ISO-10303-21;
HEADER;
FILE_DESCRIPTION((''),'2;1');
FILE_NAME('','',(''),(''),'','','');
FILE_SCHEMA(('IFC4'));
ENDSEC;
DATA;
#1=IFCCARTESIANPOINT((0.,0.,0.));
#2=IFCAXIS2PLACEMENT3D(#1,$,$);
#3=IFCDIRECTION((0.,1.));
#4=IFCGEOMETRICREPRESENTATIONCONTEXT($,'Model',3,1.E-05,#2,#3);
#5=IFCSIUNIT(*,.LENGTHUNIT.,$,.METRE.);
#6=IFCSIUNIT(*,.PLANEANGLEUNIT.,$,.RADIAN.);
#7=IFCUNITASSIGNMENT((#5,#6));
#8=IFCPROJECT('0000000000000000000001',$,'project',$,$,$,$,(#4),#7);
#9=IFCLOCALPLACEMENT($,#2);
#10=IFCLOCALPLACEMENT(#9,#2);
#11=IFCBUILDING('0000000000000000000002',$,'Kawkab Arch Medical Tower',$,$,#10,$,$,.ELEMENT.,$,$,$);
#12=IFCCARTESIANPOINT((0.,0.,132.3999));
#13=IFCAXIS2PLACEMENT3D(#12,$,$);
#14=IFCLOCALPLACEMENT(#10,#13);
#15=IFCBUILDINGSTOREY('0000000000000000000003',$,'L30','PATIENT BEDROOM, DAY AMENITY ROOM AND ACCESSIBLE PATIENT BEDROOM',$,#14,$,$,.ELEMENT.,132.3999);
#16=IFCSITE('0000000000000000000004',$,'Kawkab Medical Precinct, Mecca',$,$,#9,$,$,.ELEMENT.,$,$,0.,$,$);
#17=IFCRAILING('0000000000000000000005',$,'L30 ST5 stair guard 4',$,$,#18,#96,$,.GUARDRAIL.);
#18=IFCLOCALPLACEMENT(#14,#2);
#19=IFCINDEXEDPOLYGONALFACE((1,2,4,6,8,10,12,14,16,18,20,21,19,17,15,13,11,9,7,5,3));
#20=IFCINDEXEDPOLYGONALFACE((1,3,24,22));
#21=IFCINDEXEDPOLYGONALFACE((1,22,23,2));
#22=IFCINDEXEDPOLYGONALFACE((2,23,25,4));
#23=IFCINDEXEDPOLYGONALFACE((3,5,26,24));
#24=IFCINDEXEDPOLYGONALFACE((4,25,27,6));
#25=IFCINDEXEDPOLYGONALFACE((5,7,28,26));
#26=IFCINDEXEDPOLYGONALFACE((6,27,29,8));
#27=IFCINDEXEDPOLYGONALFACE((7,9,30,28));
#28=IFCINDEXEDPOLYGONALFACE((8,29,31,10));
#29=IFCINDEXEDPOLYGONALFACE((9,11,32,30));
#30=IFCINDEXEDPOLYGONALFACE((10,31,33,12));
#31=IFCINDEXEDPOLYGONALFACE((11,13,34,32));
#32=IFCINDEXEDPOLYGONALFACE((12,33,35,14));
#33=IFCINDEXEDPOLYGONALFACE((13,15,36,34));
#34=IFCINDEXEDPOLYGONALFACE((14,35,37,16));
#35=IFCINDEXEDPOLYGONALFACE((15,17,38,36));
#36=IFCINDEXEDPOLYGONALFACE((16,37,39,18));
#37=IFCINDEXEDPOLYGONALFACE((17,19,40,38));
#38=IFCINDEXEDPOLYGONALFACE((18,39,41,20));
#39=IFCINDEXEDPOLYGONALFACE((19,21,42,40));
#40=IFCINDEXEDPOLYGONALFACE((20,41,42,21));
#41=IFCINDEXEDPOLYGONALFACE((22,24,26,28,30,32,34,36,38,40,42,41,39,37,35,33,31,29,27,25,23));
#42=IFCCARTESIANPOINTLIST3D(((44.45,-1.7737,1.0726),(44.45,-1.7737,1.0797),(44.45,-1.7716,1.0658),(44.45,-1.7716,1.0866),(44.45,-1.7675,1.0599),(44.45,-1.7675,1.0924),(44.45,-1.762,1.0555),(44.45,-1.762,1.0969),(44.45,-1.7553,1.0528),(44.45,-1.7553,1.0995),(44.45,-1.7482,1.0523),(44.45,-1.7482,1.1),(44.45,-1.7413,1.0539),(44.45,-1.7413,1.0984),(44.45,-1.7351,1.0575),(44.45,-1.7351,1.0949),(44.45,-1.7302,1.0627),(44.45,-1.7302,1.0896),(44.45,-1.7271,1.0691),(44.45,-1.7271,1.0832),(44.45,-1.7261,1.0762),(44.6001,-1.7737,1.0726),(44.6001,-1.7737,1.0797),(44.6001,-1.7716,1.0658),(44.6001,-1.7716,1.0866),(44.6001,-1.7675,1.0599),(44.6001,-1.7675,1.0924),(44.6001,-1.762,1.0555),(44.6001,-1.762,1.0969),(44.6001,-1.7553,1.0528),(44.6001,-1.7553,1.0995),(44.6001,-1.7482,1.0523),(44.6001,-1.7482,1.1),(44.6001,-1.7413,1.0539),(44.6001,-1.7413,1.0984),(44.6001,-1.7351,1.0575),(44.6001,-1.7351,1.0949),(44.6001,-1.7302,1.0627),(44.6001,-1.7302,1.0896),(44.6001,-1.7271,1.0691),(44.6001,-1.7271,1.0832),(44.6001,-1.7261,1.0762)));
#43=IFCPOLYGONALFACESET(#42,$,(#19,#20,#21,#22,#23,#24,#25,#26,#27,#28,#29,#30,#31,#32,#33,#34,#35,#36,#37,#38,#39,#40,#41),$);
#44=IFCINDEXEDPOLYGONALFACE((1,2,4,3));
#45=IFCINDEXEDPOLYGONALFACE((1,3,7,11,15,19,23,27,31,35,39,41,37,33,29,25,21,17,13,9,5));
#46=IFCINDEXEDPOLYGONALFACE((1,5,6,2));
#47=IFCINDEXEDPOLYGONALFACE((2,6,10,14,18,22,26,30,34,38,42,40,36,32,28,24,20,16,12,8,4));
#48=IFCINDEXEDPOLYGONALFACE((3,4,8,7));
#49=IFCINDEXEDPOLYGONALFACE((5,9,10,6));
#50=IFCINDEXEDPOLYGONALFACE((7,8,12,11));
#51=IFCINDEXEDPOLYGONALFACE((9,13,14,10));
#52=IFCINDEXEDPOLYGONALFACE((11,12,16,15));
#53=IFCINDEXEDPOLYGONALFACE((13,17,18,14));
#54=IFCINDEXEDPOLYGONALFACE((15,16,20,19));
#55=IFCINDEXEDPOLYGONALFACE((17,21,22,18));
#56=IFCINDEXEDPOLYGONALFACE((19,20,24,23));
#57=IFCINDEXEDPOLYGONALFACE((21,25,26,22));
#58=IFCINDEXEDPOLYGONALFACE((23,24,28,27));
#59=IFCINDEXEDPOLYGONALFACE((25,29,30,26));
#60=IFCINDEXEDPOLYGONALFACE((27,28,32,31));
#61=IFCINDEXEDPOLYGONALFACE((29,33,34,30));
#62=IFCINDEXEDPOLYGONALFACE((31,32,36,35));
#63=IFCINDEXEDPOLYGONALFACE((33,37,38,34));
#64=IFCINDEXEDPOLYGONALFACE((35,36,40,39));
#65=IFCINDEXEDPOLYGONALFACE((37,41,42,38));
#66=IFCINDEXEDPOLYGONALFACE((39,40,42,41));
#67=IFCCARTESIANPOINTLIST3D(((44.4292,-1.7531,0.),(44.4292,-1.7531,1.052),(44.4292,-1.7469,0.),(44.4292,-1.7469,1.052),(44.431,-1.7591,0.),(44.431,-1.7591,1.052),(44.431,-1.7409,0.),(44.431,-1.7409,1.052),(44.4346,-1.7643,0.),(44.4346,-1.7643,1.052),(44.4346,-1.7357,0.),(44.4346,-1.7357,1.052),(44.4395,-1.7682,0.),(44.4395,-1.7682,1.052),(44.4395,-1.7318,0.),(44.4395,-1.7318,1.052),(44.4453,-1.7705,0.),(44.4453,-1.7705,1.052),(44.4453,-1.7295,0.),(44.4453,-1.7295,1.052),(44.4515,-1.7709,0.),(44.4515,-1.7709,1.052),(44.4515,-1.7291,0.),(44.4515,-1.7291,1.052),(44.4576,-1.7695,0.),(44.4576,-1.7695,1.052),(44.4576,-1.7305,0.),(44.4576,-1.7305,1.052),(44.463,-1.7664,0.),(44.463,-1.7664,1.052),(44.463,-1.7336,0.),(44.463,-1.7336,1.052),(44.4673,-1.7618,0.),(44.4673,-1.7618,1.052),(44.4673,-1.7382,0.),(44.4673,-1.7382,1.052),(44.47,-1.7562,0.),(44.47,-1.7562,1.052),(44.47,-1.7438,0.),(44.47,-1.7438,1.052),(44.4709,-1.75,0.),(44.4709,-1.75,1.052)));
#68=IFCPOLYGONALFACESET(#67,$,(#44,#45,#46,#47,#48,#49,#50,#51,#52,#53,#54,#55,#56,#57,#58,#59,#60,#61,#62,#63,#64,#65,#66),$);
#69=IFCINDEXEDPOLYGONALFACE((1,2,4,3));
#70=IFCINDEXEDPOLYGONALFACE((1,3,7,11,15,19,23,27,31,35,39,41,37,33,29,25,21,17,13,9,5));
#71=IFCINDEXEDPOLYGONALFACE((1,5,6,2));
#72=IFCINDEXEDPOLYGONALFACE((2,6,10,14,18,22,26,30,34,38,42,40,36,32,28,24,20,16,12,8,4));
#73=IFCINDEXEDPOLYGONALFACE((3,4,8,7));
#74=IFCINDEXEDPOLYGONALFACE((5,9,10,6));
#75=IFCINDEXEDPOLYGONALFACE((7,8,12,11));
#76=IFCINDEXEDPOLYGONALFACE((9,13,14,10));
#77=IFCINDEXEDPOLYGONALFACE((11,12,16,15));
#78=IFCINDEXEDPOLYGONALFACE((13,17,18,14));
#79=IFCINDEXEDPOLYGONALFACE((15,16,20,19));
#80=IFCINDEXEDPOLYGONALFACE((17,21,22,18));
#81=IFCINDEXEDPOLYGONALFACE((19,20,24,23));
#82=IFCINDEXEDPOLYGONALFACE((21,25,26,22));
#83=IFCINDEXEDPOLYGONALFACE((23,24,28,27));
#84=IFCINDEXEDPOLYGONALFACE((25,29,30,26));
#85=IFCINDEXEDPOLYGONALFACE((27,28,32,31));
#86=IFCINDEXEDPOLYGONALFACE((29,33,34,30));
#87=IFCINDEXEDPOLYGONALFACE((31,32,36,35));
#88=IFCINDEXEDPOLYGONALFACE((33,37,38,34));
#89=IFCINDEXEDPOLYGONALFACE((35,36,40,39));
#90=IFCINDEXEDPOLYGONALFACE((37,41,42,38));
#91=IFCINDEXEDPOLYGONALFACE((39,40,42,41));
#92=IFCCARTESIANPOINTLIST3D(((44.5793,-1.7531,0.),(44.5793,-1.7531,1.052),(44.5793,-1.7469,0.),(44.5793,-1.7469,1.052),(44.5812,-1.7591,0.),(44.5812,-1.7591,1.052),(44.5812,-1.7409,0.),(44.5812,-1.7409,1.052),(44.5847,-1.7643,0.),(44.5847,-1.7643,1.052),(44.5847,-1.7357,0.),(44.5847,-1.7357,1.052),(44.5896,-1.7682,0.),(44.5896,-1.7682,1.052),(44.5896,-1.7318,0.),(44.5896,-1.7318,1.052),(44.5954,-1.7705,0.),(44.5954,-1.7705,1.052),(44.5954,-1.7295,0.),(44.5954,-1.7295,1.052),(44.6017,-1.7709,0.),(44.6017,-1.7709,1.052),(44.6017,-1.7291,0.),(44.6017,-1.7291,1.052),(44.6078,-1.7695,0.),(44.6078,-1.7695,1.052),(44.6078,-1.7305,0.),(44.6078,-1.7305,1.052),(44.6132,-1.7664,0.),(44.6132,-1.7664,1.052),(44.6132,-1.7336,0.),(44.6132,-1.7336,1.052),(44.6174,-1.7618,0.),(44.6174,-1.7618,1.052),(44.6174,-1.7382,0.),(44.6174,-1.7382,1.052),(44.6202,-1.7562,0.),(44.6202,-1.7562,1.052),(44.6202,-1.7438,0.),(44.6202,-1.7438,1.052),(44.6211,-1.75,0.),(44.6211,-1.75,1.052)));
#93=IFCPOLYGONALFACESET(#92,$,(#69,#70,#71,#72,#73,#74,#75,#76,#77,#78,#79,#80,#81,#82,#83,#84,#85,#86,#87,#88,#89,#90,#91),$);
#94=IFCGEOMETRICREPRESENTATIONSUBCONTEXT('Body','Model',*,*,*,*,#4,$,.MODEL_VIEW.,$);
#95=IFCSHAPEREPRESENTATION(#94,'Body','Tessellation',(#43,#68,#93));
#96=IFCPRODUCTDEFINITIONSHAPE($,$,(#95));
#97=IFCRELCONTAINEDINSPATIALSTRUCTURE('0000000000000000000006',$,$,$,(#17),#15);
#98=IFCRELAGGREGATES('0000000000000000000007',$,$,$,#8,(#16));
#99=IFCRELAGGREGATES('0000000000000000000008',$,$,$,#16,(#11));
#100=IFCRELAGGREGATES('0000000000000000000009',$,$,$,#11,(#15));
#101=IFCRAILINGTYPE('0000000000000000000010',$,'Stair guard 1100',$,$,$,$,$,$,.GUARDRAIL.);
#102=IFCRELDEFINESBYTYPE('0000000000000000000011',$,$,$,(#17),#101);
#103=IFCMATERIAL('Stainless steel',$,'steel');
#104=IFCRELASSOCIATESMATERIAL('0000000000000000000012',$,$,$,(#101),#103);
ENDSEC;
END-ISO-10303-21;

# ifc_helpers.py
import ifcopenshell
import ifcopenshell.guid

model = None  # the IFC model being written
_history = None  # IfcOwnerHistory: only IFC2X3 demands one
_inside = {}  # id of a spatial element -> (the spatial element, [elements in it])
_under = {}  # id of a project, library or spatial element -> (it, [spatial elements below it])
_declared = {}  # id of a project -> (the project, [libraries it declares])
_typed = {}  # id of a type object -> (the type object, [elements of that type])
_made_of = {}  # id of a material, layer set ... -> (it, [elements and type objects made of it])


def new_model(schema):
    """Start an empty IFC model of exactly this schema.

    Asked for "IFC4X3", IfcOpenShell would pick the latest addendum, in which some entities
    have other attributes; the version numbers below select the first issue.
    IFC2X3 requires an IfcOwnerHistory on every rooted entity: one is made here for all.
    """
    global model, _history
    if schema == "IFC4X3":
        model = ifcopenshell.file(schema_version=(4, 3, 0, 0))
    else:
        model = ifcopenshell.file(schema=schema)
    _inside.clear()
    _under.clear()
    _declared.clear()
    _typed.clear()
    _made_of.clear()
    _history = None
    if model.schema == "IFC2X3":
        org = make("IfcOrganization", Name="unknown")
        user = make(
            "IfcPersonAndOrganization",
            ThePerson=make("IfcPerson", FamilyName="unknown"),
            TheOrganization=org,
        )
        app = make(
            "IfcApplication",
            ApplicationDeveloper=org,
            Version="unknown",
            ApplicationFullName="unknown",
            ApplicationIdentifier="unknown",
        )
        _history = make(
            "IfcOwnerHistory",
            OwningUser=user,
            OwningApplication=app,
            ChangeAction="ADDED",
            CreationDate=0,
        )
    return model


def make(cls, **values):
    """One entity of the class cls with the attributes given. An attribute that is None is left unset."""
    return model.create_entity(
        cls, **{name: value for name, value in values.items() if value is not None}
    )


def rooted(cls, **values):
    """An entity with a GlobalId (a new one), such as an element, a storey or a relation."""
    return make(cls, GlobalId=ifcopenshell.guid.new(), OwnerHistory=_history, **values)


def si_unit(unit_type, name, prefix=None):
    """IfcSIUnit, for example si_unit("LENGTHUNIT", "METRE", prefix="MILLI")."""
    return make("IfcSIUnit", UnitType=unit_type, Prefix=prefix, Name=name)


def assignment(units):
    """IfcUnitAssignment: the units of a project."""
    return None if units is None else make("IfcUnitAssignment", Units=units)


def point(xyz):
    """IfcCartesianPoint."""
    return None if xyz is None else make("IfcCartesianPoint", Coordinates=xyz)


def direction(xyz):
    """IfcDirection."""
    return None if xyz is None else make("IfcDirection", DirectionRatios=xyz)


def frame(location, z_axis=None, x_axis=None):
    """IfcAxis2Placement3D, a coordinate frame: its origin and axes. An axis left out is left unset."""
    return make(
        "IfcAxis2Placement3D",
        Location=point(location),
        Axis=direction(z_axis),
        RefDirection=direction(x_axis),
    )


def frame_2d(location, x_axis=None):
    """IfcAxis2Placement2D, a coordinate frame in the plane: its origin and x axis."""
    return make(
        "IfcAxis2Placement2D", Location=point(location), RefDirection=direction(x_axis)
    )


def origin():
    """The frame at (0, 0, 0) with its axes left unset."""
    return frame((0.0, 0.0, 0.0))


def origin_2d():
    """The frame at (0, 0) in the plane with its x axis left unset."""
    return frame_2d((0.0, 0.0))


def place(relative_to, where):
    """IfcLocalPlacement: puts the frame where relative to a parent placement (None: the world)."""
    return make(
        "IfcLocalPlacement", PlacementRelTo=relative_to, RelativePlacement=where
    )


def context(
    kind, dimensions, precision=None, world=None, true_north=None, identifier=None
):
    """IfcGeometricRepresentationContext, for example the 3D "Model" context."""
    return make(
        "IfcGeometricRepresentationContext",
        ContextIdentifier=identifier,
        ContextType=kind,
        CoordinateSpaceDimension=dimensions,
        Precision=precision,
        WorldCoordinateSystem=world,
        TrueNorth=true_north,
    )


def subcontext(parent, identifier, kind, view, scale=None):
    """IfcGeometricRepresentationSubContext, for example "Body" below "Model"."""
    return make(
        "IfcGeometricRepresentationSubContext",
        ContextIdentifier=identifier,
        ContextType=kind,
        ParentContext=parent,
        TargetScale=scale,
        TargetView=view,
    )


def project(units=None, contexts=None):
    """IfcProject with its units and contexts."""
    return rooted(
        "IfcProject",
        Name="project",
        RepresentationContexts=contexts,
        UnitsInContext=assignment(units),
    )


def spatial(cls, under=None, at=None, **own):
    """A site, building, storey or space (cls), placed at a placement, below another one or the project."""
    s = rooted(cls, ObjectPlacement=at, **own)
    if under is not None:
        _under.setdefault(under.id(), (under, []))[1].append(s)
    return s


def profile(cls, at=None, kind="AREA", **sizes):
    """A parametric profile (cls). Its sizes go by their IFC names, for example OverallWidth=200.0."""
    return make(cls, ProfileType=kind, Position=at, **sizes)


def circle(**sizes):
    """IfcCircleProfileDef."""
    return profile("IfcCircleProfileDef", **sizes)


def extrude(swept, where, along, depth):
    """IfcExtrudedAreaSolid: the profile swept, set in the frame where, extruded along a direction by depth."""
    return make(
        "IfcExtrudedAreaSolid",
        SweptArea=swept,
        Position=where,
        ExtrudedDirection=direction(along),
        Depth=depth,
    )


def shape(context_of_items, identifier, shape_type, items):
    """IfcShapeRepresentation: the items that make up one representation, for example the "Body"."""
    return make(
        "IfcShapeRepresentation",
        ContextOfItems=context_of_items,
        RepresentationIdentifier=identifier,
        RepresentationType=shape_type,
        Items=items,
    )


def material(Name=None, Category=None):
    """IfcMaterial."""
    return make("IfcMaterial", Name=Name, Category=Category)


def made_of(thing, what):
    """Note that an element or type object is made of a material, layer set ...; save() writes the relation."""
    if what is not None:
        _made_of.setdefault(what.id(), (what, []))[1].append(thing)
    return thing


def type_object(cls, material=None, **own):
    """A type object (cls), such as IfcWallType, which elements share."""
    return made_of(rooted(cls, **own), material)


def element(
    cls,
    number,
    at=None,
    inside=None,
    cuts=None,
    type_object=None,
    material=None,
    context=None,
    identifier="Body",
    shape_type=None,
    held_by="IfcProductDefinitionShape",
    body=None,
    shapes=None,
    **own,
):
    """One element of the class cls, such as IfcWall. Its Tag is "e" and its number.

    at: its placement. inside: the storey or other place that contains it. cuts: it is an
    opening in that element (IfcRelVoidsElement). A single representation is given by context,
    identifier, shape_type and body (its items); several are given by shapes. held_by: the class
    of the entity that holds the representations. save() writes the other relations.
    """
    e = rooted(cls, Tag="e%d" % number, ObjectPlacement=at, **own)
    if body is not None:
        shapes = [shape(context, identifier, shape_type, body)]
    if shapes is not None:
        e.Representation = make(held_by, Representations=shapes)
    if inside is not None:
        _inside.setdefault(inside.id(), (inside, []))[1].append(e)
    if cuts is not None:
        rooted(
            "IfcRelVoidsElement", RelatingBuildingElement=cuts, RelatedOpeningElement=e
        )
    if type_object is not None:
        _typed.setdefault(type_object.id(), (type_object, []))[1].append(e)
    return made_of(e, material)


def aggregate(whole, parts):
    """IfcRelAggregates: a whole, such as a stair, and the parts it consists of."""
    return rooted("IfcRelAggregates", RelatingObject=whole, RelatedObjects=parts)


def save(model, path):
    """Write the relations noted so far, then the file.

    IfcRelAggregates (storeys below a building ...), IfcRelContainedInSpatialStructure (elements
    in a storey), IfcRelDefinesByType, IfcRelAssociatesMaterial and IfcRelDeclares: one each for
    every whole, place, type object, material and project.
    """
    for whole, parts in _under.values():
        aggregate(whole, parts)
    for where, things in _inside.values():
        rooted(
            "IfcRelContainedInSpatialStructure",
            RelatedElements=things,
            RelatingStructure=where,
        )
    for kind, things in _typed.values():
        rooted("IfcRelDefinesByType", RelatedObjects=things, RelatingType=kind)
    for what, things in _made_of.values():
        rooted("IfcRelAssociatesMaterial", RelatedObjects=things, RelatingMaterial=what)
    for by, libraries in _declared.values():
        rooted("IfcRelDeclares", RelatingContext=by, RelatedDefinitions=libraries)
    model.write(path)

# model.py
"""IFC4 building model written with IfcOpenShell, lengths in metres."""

from ifc_helpers import new_model, si_unit, direction, frame, origin, origin_2d, place, context, subcontext, project, spatial, circle, extrude, material, type_object, element, save


model = new_model("IFC4")

# Units and contexts
model_context = context("Model", 3, precision=1e-05, world=origin(), true_north=direction((0.0, 1.0)))
body_context = subcontext(model_context, "Body", "Model", "MODEL_VIEW")
ifc_project = project(units=[si_unit("LENGTHUNIT", "METRE"), si_unit("PLANEANGLEUNIT", "RADIAN")], contexts=[model_context])

# Site, building, storey
site_placement = place(None, origin())
site = spatial("IfcSite", under=ifc_project, at=site_placement, Name="Kawkab Medical Precinct, Mecca", CompositionType="ELEMENT", RefElevation=0.0)
building_placement = place(site_placement, origin())
building = spatial("IfcBuilding", under=site, at=building_placement, Name="Kawkab Arch Medical Tower", CompositionType="ELEMENT")
storey_placement = place(building_placement, frame((0.0, 0.0, 132.3999)))
storey = spatial("IfcBuildingStorey", under=building, at=storey_placement, Name="L30", Description="PATIENT BEDROOM, DAY AMENITY ROOM AND ACCESSIBLE PATIENT BEDROOM", CompositionType="ELEMENT", Elevation=132.3999)

# Railing
ifc_material_1 = material(Name="Stainless steel", Category="steel")
railing_type = type_object("IfcRailingType", Name="Stair guard 1100", PredefinedType="GUARDRAIL", material=ifc_material_1)
railing_1_placement = place(storey_placement, frame((44.45, -1.75, 0.0)))
element("IfcRailing", 1, at=railing_1_placement, inside=storey, type_object=railing_type, Name="L30 ST5 stair guard 4", PredefinedType="GUARDRAIL", context=body_context, shape_type="SweptSolid", body=[
    extrude(circle(Radius=0.0239, at=origin_2d()), frame((0.0, 0.0, 1.0762), z_axis=(1.0, 0.0, 0.0), x_axis=(0.0, 1.0, 0.0)), (0.0, 0.0, 1.0), 0.1501),
    extrude(circle(Radius=0.021, at=origin_2d()), origin(), (0.0, 0.0, 1.0), 1.052),
    extrude(circle(Radius=0.021, at=origin_2d()), frame((0.1501, 0.0, 0.0)), (0.0, 0.0, 1.0), 1.052),
])

save(model, "model.ifc")
